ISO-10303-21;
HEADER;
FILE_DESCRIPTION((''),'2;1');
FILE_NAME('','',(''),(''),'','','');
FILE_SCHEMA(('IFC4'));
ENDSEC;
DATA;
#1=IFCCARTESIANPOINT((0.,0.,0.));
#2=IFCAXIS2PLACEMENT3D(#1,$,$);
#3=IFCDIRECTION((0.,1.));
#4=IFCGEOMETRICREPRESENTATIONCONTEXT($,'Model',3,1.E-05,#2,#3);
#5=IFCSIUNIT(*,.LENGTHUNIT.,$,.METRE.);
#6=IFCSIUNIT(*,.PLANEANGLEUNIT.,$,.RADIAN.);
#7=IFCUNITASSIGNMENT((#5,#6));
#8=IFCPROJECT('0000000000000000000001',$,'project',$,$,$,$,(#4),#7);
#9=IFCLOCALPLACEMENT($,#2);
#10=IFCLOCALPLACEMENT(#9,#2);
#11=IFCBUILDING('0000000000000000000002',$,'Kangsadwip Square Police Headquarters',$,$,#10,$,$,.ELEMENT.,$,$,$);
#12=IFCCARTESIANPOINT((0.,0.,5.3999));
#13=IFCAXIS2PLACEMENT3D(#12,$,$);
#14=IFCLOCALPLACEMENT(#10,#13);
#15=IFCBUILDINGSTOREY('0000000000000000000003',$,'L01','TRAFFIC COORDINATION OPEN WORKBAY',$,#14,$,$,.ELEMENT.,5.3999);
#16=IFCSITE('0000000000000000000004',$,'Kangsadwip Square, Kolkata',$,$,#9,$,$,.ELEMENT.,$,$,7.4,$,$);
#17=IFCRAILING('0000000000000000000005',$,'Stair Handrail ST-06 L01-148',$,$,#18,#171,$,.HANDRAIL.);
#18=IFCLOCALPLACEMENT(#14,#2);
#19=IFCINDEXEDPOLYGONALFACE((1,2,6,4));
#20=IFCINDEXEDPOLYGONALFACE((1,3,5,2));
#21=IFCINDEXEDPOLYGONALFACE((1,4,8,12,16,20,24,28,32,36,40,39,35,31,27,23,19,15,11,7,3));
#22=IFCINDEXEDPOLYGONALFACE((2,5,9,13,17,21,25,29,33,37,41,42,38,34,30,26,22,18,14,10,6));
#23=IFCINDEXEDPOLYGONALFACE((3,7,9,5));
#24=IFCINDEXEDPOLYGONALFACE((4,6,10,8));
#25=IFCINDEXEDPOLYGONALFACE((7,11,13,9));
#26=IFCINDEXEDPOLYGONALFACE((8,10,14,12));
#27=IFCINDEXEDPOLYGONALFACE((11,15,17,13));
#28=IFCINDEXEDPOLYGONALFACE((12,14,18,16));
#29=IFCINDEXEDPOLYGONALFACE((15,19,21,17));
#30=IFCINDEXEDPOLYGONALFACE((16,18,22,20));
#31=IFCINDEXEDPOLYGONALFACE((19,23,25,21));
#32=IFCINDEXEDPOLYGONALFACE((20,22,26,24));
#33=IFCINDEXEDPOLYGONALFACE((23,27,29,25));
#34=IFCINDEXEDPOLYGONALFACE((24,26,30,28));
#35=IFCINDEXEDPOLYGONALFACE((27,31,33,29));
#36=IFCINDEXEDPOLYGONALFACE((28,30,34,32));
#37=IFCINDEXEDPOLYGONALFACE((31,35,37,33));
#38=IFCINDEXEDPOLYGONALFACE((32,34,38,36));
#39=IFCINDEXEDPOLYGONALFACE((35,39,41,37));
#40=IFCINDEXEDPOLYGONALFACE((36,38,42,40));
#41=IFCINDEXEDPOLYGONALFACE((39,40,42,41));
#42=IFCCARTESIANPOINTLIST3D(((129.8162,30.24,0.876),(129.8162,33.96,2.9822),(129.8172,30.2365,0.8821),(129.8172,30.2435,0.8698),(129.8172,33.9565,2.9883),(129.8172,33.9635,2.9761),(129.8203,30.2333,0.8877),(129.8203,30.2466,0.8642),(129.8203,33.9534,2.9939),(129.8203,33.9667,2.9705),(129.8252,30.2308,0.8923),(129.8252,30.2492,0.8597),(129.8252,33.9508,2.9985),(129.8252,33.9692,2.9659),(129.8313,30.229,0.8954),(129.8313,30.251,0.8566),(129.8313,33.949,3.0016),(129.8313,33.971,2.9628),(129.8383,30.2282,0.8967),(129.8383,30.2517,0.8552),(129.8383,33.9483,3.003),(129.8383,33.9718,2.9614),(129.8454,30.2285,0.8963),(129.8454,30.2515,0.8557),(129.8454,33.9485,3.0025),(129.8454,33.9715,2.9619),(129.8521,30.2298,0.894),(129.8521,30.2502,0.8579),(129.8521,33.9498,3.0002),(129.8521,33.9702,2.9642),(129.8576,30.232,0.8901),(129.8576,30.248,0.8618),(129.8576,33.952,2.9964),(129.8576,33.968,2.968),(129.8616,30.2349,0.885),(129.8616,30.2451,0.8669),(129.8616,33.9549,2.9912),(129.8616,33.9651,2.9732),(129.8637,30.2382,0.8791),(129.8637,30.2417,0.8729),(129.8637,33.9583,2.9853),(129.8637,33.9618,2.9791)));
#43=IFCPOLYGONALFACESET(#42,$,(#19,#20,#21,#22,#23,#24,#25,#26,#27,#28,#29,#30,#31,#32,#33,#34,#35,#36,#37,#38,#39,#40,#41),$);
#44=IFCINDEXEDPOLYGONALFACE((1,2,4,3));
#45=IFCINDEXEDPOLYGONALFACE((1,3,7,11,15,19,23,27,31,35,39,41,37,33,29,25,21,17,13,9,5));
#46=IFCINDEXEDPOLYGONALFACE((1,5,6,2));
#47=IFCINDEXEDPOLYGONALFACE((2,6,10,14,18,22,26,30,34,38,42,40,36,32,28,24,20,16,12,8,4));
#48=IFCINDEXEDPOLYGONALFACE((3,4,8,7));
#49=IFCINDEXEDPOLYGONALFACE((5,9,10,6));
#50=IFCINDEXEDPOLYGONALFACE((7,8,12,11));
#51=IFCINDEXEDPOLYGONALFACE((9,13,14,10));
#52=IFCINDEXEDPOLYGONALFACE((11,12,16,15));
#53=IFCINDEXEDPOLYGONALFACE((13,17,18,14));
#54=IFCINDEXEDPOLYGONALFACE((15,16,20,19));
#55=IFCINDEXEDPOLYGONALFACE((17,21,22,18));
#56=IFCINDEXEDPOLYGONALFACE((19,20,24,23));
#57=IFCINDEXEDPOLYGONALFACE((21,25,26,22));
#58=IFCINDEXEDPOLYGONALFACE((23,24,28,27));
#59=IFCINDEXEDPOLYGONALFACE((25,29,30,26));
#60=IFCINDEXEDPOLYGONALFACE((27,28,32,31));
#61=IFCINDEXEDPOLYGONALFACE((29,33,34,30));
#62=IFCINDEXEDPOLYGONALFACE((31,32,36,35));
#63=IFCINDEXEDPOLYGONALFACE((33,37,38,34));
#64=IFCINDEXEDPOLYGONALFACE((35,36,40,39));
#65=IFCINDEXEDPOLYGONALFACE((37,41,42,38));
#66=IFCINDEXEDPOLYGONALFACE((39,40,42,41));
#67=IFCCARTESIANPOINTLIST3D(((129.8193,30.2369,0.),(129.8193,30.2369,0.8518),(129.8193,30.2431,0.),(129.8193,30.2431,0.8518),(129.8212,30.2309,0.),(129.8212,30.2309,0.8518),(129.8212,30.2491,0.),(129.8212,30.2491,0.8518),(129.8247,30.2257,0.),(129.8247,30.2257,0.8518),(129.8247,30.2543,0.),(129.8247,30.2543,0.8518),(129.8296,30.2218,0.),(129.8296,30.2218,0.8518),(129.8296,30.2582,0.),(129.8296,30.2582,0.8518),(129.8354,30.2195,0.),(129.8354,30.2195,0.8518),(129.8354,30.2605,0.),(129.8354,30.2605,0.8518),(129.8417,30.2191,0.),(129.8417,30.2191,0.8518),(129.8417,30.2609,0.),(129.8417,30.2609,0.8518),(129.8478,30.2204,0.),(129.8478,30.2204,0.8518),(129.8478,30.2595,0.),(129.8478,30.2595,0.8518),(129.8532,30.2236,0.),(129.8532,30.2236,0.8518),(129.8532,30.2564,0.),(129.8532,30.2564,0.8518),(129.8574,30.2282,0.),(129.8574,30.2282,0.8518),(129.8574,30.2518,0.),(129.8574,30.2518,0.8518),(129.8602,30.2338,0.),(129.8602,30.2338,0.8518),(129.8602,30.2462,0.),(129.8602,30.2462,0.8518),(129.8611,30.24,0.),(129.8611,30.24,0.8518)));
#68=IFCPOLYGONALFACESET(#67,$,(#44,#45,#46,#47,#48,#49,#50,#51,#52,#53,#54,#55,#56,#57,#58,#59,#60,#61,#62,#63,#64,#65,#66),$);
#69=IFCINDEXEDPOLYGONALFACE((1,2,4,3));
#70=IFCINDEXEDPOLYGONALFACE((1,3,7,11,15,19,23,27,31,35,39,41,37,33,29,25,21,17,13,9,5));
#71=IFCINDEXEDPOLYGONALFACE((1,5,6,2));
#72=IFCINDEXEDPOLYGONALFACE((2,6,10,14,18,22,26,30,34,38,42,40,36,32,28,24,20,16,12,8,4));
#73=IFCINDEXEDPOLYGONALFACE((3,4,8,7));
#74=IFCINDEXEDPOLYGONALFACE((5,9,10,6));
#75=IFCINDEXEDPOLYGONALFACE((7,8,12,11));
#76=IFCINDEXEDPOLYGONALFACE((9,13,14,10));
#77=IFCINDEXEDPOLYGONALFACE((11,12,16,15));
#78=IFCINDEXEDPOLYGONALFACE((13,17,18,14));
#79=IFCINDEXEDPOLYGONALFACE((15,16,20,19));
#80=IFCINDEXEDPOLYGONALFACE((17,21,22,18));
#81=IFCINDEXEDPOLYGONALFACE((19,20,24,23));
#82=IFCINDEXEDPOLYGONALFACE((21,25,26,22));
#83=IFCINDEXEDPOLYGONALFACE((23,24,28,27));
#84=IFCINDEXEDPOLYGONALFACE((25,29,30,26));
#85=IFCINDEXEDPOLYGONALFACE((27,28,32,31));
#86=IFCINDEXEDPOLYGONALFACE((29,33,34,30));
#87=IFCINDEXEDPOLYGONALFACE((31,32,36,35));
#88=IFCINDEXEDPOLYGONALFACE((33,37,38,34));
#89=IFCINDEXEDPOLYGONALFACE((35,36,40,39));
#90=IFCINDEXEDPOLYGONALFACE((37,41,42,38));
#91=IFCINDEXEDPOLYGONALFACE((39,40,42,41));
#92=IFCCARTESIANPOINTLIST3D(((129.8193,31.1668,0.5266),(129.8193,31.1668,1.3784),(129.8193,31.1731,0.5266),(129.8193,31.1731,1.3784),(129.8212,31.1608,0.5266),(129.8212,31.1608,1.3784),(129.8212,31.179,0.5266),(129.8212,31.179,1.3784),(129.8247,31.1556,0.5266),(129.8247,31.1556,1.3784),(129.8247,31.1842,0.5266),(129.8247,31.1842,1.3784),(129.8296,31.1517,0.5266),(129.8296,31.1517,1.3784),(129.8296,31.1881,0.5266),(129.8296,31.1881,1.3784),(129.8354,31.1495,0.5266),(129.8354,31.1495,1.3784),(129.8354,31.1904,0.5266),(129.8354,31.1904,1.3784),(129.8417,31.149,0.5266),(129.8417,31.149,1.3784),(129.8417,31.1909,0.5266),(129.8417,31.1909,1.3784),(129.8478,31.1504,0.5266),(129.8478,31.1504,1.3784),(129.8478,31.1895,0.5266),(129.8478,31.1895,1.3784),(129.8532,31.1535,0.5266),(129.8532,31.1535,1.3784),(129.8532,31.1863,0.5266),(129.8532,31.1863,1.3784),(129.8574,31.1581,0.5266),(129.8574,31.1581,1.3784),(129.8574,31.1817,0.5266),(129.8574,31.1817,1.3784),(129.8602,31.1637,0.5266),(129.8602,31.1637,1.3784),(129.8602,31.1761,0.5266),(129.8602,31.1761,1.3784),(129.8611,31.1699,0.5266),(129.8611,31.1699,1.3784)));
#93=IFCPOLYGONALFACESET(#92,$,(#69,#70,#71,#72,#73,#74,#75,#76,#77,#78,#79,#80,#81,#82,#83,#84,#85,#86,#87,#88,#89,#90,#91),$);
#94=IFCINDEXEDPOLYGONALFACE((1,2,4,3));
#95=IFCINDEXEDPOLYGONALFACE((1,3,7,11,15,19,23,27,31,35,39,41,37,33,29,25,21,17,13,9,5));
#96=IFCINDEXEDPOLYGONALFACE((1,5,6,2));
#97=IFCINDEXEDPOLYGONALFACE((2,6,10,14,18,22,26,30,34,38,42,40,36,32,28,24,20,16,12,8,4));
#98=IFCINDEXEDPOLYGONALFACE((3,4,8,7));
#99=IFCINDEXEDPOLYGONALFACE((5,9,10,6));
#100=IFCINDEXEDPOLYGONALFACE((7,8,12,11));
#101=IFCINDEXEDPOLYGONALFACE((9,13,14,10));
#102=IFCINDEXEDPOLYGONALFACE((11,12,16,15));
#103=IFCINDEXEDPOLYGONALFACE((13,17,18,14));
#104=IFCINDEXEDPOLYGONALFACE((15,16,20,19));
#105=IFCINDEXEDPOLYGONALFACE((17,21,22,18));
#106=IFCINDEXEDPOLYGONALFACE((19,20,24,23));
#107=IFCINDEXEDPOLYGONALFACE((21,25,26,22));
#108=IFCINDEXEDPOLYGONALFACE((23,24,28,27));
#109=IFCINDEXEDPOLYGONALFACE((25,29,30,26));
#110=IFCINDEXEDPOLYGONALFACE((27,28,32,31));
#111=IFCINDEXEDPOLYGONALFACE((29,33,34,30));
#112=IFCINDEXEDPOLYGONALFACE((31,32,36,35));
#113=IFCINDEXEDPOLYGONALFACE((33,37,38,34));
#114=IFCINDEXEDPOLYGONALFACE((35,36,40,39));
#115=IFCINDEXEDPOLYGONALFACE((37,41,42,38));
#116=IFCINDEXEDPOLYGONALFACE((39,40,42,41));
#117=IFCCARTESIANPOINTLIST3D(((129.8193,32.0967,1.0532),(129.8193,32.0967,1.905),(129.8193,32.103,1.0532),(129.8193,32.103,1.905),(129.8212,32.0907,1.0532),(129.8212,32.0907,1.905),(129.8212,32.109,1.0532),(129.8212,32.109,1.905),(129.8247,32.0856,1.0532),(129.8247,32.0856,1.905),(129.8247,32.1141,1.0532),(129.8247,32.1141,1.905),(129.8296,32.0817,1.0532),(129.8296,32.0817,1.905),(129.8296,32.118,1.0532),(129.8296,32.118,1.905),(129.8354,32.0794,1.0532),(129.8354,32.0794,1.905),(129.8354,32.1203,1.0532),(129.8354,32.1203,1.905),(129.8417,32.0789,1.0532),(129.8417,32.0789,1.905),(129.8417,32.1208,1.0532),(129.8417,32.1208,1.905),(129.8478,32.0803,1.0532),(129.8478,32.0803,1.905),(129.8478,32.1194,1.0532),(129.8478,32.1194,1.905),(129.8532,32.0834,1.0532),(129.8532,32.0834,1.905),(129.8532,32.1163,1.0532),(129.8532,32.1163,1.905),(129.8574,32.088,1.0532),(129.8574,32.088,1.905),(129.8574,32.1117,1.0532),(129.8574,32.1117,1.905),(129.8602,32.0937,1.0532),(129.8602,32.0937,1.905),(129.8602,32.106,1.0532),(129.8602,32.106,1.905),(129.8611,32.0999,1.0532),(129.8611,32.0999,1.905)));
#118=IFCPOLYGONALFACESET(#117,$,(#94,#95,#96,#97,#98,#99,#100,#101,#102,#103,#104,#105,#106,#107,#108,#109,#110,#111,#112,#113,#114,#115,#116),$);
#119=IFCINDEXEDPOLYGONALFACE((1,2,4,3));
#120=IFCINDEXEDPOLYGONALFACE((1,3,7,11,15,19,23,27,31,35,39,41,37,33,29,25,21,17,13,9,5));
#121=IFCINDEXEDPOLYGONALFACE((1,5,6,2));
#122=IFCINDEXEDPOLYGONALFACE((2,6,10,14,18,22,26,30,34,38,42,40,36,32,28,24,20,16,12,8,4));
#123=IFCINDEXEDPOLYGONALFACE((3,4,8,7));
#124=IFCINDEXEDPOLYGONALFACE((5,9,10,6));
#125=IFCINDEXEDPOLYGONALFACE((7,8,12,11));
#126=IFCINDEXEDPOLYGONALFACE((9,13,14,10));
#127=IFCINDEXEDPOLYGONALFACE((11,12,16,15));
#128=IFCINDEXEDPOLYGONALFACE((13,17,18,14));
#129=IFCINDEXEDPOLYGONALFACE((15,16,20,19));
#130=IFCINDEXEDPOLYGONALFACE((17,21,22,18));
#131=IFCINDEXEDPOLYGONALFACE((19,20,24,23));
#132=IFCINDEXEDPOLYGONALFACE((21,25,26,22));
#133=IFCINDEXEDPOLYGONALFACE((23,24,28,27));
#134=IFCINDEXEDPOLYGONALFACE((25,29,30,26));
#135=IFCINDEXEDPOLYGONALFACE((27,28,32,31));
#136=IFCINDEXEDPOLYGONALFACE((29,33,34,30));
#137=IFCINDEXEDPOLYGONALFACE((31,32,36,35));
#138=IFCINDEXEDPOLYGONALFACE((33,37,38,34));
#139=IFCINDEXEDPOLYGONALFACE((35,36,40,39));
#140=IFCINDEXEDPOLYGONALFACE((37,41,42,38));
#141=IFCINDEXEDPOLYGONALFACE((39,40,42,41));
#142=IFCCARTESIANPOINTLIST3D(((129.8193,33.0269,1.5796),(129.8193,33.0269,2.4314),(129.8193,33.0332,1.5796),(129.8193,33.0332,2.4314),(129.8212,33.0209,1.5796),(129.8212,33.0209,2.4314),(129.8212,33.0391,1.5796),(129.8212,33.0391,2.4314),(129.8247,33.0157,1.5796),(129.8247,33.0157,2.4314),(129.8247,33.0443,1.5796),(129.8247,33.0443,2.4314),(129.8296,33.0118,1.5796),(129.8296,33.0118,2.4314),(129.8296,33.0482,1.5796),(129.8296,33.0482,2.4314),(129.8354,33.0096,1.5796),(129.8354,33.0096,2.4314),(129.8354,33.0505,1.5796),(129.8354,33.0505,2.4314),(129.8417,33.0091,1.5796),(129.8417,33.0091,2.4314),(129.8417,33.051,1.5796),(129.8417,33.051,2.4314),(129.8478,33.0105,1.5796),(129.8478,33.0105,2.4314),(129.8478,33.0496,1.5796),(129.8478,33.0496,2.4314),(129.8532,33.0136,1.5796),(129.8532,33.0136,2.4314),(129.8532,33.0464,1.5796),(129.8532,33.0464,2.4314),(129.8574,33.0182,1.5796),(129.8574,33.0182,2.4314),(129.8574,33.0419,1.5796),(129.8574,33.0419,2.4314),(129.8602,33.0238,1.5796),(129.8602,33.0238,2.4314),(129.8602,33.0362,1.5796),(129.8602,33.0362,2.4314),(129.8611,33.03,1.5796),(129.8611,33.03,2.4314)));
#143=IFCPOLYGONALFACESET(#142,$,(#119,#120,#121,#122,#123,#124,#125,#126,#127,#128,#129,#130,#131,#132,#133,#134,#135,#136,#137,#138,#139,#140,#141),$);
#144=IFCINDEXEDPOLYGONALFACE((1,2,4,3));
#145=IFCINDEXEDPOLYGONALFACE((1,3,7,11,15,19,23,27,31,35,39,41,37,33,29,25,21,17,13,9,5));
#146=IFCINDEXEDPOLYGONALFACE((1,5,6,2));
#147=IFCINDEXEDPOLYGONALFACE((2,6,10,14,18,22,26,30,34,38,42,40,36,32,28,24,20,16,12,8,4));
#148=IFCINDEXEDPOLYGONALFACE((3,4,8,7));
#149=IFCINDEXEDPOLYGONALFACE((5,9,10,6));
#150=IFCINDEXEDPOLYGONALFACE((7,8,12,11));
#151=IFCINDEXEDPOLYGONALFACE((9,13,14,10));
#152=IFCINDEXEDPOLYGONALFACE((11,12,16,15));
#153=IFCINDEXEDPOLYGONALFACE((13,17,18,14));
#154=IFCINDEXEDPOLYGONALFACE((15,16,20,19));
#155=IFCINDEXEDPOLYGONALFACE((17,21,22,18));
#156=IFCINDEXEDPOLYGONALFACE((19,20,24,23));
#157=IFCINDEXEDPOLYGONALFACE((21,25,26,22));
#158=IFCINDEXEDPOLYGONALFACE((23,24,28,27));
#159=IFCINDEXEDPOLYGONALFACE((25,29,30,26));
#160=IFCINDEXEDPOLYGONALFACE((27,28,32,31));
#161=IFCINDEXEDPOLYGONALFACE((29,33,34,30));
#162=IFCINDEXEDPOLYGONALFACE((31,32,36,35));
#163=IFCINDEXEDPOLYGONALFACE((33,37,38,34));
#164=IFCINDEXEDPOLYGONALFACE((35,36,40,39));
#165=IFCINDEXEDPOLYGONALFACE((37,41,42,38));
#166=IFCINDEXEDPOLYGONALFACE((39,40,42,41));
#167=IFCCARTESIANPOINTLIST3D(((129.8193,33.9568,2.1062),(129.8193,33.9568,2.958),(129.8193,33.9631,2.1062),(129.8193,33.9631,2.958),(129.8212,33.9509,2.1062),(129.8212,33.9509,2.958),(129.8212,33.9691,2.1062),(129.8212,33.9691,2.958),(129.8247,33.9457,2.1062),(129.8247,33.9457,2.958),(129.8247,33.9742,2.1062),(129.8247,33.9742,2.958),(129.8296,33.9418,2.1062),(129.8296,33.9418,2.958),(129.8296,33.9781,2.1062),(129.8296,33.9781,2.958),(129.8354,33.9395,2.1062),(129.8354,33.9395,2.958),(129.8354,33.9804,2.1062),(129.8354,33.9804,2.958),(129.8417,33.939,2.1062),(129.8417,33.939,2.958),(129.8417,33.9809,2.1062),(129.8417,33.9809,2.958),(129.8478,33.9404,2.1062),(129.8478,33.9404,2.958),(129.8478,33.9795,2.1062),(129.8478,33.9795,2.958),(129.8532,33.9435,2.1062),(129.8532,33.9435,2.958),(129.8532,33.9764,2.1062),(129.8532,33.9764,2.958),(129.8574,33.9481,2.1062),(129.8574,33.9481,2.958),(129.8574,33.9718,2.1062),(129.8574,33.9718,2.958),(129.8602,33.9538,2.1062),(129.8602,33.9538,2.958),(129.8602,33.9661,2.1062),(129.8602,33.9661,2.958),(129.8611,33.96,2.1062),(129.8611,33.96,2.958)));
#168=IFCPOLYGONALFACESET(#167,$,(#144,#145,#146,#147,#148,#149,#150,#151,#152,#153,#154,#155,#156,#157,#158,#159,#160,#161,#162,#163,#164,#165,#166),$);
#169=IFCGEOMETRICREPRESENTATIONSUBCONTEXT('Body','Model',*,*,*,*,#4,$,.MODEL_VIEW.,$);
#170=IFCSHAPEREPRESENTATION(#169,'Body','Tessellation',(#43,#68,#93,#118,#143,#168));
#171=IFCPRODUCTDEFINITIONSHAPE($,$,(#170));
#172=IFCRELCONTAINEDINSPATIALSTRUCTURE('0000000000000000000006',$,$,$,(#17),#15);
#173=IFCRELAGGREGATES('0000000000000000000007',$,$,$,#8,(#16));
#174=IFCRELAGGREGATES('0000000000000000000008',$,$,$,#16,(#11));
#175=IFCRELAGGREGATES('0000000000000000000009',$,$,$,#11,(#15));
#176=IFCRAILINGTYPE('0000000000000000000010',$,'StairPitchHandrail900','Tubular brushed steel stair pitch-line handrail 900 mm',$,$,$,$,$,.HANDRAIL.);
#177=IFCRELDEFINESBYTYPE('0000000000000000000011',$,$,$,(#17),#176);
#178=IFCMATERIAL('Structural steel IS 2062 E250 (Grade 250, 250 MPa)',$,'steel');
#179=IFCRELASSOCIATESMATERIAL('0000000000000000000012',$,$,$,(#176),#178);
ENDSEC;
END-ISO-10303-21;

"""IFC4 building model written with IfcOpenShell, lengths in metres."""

from ifc_helpers import new_model, si_unit, direction, frame, origin, origin_2d, place, context, subcontext, project, spatial, circle, extrude, material, type_object, element, save


model = new_model("IFC4")

# Units and contexts
model_context = context("Model", 3, precision=1e-05, world=origin(), true_north=direction((0.0, 1.0)))
body_context = subcontext(model_context, "Body", "Model", "MODEL_VIEW")
ifc_project = project(units=[si_unit("LENGTHUNIT", "METRE"), si_unit("PLANEANGLEUNIT", "RADIAN")], contexts=[model_context])

# Site, building, storey
site_placement = place(None, origin())
site = spatial("IfcSite", under=ifc_project, at=site_placement, Name="Kangsadwip Square, Kolkata", CompositionType="ELEMENT", RefElevation=7.4)
building_placement = place(site_placement, origin())
building = spatial("IfcBuilding", under=site, at=building_placement, Name="Kangsadwip Square Police Headquarters", CompositionType="ELEMENT")
storey_placement = place(building_placement, frame((0.0, 0.0, 5.3999)))
storey = spatial("IfcBuildingStorey", under=building, at=storey_placement, Name="L01", Description="TRAFFIC COORDINATION OPEN WORKBAY", CompositionType="ELEMENT", Elevation=5.3999)

# Railing
ifc_material_1 = material(Name="Structural steel IS 2062 E250 (Grade 250, 250 MPa)", Category="steel")
railing_type_1 = type_object("IfcRailingType", Name="StairPitchHandrail900", Description="Tubular brushed steel stair pitch-line handrail 900 mm", PredefinedType="HANDRAIL", material=ifc_material_1)
railing_placement = place(storey_placement, frame((129.8401, 30.24, 0.0)))
element("IfcRailing", 1, at=railing_placement, inside=storey, type_object=railing_type_1, Name="Stair Handrail ST-06 L01-148", PredefinedType="HANDRAIL", context=body_context, shape_type="SweptSolid", body=[
    extrude(circle(Radius=0.0239, at=origin_2d()), frame((0.0, 0.0, 0.876), z_axis=(0.0, 0.870201, 0.492697), x_axis=(-1.0, 0.0, 0.0)), (0.0, 0.0, 1.0), 4.2749),
    extrude(circle(Radius=0.021, at=origin_2d()), origin(), (0.0, 0.0, 1.0), 0.8518),
    extrude(circle(Radius=0.021, at=origin_2d()), frame((0.0, 0.9299, 0.5266)), (0.0, 0.0, 1.0), 0.8518),
    extrude(circle(Radius=0.021, at=origin_2d()), frame((0.0, 1.8599, 1.0532)), (0.0, 0.0, 1.0), 0.8518),
    extrude(circle(Radius=0.021, at=origin_2d()), frame((0.0, 2.79, 1.5796)), (0.0, 0.0, 1.0), 0.8518),
    extrude(circle(Radius=0.021, at=origin_2d()), frame((0.0, 3.72, 2.1062)), (0.0, 0.0, 1.0), 0.8518),
])

save(model, "model.ifc")
